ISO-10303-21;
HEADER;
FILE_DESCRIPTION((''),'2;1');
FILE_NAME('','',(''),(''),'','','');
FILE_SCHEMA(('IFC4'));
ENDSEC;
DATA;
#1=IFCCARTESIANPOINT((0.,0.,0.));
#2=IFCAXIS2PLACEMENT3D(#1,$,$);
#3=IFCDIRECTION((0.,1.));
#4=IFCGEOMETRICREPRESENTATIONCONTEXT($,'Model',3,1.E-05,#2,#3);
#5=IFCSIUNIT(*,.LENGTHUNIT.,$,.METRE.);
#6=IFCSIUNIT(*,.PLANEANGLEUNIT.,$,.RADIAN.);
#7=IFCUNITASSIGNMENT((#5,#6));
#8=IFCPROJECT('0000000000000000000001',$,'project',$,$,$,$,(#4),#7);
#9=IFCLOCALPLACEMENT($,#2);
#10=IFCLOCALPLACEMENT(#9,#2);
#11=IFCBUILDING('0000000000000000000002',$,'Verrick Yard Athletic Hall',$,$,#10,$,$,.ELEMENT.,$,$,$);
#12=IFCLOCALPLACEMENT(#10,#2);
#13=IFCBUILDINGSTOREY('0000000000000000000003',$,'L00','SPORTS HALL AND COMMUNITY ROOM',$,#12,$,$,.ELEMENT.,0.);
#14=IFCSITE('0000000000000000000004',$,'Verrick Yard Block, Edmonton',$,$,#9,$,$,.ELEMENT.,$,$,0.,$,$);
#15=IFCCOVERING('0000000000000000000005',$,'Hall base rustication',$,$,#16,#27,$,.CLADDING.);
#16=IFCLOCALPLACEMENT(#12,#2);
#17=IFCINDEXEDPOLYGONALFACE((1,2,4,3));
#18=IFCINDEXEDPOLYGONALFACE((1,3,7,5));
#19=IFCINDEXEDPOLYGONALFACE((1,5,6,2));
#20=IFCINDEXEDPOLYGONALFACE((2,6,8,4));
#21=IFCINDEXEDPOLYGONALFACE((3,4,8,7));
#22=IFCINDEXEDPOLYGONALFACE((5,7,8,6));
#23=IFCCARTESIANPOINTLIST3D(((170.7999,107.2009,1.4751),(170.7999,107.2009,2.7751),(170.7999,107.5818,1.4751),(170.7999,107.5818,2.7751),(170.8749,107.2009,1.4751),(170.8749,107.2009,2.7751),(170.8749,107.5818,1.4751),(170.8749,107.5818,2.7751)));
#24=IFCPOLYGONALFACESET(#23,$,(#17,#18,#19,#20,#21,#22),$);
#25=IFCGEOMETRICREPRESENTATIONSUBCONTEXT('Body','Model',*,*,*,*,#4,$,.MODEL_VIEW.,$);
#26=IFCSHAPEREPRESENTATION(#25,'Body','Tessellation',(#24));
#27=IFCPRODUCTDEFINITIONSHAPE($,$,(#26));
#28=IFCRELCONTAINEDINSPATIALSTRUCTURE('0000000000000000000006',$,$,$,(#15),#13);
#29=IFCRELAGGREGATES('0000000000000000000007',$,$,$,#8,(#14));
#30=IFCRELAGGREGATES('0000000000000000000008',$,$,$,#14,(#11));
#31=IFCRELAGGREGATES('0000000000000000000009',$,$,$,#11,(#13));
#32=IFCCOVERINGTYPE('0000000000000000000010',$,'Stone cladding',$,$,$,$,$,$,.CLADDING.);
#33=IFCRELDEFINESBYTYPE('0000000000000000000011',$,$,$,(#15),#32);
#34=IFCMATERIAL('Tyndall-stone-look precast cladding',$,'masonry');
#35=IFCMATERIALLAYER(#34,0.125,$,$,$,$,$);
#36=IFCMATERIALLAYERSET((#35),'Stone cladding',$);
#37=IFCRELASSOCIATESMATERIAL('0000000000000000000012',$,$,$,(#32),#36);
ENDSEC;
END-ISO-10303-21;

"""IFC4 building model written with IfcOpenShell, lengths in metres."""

from ifc_helpers import new_model, si_unit, direction, frame, origin, origin_2d, place, context, subcontext, project, spatial, rectangle, extrude, material, layer, layer_set, type_object, element, save


model = new_model("IFC4")

# Units and contexts
model_context = context("Model", 3, precision=1e-05, world=origin(), true_north=direction((0.0, 1.0)))
body_context = subcontext(model_context, "Body", "Model", "MODEL_VIEW")
ifc_project = project(units=[si_unit("LENGTHUNIT", "METRE"), si_unit("PLANEANGLEUNIT", "RADIAN")], contexts=[model_context])

# Site, building, storey
site_placement = place(None, origin())
site = spatial("IfcSite", under=ifc_project, at=site_placement, Name="Verrick Yard Block, Edmonton", CompositionType="ELEMENT", RefElevation=0.0)
building_placement = place(site_placement, origin())
building = spatial("IfcBuilding", under=site, at=building_placement, Name="Verrick Yard Athletic Hall", CompositionType="ELEMENT")
storey_placement = place(building_placement, origin())
storey = spatial("IfcBuildingStorey", under=building, at=storey_placement, Name="L00", Description="SPORTS HALL AND COMMUNITY ROOM", CompositionType="ELEMENT", Elevation=0.0)

# Covering
ifc_material_1 = material(Name="Tyndall-stone-look precast cladding", Category="masonry")
ifc_layer = layer(ifc_material_1, 0.125)
ifc_layer_set = layer_set([ifc_layer], Name="Stone cladding")
covering_type = type_object("IfcCoveringType", Name="Stone cladding", PredefinedType="CLADDING", material=ifc_layer_set)
covering_1_placement = place(storey_placement, frame((170.8374, 107.3914, 1.4751), z_axis=(0.0, 0.0, 1.0), x_axis=(0.0, 1.0, 0.0)))
element("IfcCovering", 1, at=covering_1_placement, inside=storey, type_object=covering_type, Name="Hall base rustication", PredefinedType="CLADDING", context=body_context, shape_type="SweptSolid", body=[
    extrude(rectangle(XDim=0.3809, YDim=0.075, at=origin_2d()), origin(), (0.0, 0.0, 1.0), 1.3),
])

save(model, "model.ifc")
